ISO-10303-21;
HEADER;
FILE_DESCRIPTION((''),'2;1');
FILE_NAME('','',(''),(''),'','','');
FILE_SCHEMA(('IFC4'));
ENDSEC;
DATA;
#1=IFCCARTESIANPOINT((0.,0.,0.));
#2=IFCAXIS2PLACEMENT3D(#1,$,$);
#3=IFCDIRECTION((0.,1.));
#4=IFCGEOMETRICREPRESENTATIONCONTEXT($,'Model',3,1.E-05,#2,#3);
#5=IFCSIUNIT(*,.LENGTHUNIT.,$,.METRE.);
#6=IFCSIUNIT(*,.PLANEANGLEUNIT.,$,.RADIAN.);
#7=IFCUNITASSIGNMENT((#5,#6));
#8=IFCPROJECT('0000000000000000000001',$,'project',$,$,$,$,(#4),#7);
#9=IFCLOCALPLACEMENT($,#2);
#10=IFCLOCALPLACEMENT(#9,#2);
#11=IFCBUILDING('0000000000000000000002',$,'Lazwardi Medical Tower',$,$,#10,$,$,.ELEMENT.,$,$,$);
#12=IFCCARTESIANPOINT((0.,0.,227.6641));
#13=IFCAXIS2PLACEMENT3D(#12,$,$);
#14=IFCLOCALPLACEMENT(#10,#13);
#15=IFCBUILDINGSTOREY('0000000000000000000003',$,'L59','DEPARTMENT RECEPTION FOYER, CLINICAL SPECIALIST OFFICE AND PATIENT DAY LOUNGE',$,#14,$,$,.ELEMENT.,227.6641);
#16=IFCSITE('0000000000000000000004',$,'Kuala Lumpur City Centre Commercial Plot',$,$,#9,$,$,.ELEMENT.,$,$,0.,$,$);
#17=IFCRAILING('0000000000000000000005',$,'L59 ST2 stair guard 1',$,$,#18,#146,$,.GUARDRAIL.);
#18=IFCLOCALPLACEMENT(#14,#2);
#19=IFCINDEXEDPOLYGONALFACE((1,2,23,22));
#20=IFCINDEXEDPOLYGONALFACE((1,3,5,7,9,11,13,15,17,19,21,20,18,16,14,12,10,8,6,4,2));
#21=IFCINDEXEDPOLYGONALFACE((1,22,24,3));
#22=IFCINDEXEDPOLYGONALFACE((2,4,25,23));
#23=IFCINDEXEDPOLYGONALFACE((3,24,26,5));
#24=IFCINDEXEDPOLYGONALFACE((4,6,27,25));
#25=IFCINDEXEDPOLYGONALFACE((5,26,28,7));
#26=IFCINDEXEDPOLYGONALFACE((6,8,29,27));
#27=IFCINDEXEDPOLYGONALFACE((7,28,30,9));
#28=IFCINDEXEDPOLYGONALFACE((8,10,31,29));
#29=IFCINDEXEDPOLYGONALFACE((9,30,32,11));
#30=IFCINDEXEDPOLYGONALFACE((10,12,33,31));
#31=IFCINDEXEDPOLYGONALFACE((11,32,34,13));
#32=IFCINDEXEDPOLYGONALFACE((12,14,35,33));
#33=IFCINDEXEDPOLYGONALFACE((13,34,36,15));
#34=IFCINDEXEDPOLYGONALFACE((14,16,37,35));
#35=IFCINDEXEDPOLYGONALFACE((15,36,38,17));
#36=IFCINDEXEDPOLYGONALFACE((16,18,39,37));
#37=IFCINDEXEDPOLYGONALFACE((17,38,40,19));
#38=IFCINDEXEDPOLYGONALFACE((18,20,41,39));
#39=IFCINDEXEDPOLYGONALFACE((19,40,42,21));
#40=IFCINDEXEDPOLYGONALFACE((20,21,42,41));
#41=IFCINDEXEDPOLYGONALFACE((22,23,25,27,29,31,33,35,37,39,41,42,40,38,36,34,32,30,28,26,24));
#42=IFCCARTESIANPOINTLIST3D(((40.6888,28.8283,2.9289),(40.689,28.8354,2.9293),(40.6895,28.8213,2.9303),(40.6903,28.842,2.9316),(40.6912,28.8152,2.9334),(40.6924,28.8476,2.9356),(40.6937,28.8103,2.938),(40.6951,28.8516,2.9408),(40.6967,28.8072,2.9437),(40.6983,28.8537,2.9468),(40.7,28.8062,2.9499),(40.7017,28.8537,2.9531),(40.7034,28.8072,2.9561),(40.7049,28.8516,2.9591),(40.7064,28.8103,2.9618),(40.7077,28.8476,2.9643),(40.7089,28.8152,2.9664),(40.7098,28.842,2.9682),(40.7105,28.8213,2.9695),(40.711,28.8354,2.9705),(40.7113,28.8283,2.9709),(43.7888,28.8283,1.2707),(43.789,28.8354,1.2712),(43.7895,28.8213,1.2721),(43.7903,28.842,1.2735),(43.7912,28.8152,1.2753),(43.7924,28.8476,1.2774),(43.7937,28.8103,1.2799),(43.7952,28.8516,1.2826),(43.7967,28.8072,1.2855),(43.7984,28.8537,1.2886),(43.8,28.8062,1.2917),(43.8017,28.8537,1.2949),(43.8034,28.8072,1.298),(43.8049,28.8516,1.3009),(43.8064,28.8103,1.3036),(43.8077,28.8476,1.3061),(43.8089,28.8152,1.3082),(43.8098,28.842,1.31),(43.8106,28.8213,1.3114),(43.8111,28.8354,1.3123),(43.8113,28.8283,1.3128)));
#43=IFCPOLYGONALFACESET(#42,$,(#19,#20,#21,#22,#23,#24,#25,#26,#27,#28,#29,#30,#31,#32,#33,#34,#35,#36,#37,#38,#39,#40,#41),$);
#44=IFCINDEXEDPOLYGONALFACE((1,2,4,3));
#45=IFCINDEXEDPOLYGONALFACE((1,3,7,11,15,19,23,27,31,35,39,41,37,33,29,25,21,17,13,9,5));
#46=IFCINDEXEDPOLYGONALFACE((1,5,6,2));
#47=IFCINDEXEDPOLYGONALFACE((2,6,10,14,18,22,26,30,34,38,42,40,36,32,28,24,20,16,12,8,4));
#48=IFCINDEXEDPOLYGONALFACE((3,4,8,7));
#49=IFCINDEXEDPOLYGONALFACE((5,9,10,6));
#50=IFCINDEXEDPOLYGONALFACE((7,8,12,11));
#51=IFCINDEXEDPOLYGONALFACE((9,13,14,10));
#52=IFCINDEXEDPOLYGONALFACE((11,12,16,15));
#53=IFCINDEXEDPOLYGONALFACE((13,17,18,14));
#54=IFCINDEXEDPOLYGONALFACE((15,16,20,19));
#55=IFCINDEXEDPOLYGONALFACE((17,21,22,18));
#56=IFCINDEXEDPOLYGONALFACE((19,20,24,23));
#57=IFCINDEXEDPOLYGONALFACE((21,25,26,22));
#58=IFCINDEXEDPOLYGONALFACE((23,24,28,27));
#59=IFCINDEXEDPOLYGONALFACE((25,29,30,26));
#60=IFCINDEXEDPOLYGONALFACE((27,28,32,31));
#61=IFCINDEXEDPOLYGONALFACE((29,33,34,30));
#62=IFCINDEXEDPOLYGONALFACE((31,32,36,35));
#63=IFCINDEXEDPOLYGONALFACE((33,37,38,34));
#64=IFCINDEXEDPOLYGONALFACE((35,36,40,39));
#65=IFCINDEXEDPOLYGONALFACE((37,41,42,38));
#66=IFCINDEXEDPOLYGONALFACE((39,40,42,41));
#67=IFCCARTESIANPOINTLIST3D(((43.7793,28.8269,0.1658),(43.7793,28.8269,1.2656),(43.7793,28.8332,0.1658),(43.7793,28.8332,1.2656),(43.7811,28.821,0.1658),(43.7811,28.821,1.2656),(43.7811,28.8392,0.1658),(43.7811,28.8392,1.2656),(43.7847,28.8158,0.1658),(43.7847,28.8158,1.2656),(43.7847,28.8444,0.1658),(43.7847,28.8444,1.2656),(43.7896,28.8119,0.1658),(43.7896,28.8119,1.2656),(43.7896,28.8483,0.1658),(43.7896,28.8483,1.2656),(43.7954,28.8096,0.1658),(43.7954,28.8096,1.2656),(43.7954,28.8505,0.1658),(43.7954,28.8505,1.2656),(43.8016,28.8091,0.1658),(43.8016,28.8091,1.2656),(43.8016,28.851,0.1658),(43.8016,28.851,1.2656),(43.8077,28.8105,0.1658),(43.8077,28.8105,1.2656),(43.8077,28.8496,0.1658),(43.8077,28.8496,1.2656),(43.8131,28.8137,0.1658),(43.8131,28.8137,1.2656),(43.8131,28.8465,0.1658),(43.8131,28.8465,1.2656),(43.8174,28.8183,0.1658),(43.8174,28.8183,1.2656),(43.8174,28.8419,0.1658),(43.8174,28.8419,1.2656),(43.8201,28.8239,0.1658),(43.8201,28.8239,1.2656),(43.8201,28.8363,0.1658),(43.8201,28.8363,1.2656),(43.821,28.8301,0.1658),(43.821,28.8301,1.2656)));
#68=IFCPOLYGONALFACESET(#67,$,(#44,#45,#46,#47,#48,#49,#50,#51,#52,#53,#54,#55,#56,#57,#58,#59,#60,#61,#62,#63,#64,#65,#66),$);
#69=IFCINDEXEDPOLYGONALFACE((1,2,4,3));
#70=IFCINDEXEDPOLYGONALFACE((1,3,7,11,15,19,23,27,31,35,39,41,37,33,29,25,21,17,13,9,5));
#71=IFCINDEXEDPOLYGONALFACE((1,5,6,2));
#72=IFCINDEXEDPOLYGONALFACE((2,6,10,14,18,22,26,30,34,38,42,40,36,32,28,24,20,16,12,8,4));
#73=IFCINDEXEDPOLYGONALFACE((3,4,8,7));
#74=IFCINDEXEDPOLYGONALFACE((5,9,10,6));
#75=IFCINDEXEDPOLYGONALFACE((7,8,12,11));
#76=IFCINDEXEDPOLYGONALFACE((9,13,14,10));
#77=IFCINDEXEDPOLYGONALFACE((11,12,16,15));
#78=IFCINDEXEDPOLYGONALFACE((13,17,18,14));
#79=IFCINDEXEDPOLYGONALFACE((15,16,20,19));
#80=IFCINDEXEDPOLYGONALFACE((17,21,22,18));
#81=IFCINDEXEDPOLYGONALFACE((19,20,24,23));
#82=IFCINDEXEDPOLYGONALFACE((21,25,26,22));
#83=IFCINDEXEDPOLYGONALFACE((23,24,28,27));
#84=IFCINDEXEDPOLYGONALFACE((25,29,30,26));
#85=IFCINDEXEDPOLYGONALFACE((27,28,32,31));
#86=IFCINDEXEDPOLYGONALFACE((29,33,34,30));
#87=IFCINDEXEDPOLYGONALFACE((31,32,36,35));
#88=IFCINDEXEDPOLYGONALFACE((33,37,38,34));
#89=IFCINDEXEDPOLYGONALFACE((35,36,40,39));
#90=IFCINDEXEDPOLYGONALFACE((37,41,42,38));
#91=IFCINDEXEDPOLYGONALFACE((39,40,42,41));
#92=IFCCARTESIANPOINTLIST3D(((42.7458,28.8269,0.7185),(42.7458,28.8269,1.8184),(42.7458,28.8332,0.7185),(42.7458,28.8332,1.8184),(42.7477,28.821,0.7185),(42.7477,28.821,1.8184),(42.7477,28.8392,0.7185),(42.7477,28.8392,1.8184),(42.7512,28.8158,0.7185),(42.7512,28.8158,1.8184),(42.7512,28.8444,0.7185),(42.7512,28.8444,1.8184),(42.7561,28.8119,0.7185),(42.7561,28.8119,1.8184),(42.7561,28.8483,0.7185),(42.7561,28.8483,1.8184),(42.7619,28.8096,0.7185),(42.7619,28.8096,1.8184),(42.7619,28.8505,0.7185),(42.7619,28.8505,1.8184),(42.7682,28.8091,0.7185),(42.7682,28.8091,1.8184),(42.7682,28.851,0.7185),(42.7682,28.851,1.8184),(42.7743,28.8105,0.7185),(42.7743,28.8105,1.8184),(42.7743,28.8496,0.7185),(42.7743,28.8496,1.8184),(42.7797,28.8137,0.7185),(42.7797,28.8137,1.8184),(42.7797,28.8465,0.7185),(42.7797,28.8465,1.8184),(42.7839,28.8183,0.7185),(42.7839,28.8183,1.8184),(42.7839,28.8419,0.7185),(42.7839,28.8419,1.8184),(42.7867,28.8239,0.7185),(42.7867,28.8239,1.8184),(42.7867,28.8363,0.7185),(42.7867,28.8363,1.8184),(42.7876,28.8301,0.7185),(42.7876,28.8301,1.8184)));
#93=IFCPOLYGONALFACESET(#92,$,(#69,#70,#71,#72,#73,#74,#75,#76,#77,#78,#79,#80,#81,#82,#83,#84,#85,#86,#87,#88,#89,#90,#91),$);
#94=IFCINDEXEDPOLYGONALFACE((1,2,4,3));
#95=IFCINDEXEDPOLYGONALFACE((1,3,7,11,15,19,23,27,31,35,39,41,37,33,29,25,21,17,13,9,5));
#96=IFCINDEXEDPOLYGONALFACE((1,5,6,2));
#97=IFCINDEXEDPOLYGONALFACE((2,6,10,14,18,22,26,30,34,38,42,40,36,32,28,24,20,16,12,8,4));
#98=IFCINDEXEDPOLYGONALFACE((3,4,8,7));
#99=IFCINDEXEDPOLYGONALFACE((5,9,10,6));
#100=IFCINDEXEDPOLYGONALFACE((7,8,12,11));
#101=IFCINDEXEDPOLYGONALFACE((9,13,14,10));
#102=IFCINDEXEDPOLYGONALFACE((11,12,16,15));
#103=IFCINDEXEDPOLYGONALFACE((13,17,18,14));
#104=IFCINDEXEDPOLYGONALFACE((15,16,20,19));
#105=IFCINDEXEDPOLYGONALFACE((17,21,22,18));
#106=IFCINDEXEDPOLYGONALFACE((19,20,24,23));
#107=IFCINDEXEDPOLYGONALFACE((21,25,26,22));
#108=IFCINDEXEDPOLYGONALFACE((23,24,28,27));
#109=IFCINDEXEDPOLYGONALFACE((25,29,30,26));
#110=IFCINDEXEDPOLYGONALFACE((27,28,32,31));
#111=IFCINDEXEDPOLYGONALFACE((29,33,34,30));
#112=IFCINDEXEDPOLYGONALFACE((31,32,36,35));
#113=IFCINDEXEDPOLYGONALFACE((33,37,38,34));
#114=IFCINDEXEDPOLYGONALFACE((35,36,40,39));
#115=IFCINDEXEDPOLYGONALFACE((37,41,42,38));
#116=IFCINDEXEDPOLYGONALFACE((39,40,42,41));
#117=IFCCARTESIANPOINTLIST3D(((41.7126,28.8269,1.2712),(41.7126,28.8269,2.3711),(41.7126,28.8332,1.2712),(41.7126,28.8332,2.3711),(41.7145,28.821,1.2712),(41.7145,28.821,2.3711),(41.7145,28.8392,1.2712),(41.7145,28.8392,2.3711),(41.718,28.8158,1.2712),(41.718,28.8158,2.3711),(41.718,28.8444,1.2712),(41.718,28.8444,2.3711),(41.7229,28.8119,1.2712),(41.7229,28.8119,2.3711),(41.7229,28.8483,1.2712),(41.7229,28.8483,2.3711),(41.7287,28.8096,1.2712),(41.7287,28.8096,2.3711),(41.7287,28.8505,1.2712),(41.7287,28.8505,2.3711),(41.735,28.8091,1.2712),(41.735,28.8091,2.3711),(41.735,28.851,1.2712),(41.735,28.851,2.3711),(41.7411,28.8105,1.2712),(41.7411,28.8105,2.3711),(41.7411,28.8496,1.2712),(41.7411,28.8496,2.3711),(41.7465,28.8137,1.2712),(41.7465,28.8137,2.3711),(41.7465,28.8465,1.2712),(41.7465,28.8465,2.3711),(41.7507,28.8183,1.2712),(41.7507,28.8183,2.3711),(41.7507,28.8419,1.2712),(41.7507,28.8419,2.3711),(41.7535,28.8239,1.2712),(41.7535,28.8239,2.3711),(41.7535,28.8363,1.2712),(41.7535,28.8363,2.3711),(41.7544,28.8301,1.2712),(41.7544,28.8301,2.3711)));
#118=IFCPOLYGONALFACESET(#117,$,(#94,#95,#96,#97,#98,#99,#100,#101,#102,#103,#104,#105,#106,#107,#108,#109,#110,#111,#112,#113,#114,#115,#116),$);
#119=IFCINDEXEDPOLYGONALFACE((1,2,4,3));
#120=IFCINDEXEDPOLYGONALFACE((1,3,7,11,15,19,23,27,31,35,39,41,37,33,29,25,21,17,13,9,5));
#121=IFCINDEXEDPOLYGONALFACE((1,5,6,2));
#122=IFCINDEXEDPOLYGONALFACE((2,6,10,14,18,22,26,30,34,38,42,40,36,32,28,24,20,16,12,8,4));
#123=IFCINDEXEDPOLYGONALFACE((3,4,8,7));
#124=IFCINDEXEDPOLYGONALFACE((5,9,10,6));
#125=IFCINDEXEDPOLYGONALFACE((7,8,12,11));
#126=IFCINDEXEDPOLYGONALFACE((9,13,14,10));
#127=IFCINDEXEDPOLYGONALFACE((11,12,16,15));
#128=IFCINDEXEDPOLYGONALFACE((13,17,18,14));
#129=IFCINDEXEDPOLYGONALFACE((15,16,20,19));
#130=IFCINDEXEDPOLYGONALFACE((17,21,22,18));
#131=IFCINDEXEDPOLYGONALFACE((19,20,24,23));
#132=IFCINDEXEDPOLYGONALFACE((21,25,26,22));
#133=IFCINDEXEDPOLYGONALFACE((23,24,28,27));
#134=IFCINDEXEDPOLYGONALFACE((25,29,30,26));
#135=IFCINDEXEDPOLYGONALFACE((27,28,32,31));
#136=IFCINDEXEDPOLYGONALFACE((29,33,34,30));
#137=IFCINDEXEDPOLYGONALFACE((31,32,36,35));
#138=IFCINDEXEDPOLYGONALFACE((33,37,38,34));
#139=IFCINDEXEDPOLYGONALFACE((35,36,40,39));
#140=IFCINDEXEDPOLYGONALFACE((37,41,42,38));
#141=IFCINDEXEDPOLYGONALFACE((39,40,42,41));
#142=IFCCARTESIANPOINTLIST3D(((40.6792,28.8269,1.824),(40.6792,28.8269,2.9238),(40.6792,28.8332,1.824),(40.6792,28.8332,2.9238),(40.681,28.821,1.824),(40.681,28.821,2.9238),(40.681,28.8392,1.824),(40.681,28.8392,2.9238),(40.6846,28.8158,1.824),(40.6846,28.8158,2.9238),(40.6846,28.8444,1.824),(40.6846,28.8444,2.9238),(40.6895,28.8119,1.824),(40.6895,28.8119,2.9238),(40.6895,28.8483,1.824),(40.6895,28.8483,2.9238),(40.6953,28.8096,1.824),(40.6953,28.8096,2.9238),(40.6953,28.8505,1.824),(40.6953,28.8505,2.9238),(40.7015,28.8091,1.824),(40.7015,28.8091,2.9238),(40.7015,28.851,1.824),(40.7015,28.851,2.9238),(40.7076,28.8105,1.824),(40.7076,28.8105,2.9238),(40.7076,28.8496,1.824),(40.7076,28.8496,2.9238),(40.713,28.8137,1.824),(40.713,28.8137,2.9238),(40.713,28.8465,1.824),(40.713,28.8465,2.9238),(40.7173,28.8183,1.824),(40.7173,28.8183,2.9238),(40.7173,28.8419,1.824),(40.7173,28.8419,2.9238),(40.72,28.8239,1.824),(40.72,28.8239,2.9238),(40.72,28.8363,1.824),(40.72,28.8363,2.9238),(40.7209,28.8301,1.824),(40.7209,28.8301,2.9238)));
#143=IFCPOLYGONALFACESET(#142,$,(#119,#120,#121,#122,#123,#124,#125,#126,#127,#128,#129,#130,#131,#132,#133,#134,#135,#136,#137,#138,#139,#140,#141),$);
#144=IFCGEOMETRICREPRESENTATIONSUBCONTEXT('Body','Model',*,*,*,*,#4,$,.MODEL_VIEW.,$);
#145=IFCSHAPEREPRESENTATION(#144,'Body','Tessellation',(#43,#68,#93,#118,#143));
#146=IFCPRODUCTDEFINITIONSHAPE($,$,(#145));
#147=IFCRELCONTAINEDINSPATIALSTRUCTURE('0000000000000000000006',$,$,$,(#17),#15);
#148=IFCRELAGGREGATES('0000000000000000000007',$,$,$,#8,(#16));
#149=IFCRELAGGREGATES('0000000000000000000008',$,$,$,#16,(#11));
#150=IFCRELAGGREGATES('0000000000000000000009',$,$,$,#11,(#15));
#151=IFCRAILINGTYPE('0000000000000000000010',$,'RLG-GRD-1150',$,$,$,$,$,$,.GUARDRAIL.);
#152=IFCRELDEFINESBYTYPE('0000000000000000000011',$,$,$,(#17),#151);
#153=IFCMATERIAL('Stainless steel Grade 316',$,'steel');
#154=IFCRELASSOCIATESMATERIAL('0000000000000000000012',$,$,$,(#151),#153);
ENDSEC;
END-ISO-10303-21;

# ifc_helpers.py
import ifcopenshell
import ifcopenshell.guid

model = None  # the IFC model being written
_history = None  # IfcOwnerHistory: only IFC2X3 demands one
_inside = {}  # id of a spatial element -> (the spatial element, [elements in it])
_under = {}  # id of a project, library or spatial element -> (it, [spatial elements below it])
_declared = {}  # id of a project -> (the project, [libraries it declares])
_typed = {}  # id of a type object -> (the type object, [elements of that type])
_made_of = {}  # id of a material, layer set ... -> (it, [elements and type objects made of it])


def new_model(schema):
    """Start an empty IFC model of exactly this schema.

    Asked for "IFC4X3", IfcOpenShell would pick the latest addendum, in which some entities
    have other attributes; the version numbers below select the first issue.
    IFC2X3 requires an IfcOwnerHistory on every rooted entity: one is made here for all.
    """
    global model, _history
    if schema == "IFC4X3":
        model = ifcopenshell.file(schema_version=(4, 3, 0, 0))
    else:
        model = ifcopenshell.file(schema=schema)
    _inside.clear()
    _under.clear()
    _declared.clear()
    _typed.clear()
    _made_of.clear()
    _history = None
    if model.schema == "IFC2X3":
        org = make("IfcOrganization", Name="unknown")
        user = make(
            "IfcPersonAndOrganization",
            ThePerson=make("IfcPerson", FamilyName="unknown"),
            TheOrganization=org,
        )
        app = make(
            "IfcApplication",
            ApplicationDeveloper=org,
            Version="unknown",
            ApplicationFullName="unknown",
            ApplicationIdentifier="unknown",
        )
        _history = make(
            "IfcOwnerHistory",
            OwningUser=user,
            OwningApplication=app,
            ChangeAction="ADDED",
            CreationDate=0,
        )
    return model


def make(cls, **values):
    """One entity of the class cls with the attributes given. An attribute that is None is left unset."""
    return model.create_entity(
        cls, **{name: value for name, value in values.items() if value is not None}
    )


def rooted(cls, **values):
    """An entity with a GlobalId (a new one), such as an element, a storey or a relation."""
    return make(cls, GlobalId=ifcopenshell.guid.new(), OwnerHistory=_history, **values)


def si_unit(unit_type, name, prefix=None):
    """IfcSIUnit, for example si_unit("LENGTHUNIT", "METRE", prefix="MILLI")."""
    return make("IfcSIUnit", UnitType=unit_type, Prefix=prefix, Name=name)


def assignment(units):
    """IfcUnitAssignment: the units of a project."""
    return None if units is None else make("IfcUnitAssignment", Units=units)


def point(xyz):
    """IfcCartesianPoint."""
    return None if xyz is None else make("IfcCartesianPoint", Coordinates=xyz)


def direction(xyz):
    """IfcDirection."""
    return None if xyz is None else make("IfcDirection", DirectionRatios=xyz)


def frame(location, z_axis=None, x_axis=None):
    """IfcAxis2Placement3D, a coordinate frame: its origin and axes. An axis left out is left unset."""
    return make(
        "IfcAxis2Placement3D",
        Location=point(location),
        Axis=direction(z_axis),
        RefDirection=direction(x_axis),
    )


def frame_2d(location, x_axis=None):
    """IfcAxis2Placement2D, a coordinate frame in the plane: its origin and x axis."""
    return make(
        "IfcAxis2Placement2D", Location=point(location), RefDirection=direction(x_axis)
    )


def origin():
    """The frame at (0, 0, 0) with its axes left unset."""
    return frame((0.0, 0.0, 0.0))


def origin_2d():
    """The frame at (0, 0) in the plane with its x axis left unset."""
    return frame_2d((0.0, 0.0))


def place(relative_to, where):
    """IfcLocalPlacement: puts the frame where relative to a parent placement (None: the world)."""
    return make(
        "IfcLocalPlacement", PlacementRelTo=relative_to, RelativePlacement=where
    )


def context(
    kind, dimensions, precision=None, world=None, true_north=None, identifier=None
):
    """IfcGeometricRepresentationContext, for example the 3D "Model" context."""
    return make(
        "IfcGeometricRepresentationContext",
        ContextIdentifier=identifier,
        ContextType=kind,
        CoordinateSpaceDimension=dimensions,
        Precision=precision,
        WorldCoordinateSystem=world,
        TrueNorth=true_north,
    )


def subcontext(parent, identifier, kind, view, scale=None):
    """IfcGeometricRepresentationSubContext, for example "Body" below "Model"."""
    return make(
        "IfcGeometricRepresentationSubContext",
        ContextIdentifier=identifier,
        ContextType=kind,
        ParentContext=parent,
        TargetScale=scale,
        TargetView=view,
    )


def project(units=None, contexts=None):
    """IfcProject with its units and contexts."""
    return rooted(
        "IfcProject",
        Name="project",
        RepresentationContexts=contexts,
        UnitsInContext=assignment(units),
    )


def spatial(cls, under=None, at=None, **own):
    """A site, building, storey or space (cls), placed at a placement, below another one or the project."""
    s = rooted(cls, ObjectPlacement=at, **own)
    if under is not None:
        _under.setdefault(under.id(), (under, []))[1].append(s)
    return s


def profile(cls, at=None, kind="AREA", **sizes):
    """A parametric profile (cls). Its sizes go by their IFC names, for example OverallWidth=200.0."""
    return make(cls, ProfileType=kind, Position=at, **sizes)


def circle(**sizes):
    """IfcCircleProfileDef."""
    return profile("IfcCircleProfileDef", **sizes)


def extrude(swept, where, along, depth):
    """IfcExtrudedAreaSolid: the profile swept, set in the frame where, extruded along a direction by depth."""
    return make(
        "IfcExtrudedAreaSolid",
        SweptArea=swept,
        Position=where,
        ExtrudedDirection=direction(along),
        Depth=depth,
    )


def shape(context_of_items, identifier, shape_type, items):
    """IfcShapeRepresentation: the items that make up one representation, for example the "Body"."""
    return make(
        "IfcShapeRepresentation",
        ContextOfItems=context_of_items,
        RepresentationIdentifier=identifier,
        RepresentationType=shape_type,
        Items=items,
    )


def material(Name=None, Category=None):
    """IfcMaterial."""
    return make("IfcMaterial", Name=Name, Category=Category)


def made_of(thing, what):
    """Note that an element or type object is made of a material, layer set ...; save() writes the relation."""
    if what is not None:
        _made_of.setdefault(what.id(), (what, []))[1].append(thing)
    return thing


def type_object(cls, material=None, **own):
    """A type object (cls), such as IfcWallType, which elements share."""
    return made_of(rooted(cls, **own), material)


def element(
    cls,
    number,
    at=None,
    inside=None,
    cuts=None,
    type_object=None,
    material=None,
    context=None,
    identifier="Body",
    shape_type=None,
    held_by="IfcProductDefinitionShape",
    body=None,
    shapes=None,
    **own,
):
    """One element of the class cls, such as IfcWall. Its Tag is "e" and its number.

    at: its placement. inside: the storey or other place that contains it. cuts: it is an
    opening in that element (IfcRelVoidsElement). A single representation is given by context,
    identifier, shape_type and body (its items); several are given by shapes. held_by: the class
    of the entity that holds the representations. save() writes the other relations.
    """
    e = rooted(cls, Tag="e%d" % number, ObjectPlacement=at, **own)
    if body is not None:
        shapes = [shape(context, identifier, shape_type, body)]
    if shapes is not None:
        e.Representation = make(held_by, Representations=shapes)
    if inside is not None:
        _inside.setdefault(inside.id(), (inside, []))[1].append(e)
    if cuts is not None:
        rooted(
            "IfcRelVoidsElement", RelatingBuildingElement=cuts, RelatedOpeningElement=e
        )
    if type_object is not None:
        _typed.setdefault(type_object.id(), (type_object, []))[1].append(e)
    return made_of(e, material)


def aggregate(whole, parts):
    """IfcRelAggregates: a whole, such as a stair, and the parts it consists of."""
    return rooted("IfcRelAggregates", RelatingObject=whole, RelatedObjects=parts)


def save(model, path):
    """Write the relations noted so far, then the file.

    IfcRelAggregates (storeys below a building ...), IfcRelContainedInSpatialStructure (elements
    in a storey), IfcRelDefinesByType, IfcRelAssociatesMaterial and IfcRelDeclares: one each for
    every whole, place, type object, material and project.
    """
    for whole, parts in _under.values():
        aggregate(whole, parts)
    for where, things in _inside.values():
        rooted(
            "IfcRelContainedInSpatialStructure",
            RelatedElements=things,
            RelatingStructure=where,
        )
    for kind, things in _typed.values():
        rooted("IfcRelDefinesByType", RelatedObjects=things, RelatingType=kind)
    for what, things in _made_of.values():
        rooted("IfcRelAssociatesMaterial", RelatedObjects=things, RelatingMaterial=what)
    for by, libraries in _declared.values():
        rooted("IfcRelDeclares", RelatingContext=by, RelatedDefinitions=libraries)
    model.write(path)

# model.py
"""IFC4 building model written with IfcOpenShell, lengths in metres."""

from ifc_helpers import new_model, si_unit, direction, frame, origin, origin_2d, place, context, subcontext, project, spatial, circle, extrude, material, type_object, element, save


model = new_model("IFC4")

# Units and contexts
model_context = context("Model", 3, precision=1e-05, world=origin(), true_north=direction((0.0, 1.0)))
body_context = subcontext(model_context, "Body", "Model", "MODEL_VIEW")
ifc_project = project(units=[si_unit("LENGTHUNIT", "METRE"), si_unit("PLANEANGLEUNIT", "RADIAN")], contexts=[model_context])

# Site, building, storey
site_placement = place(None, origin())
site = spatial("IfcSite", under=ifc_project, at=site_placement, Name="Kuala Lumpur City Centre Commercial Plot", CompositionType="ELEMENT", RefElevation=0.0)
building_placement = place(site_placement, origin())
building = spatial("IfcBuilding", under=site, at=building_placement, Name="Lazwardi Medical Tower", CompositionType="ELEMENT")
storey_placement = place(building_placement, frame((0.0, 0.0, 227.6641)))
storey = spatial("IfcBuildingStorey", under=building, at=storey_placement, Name="L59", Description="DEPARTMENT RECEPTION FOYER, CLINICAL SPECIALIST OFFICE AND PATIENT DAY LOUNGE", CompositionType="ELEMENT", Elevation=227.6641)

# Railing
ifc_material_1 = material(Name="Stainless steel Grade 316", Category="steel")
railing_type_1 = type_object("IfcRailingType", Name="RLG-GRD-1150", PredefinedType="GUARDRAIL", material=ifc_material_1)
railing_1_placement = place(storey_placement, frame((43.8, 28.8301, 0.1658)))
element("IfcRailing", 1, at=railing_1_placement, inside=storey, type_object=railing_type_1, Name="L59 ST2 stair guard 1", PredefinedType="GUARDRAIL", context=body_context, shape_type="SweptSolid", body=[
    extrude(circle(Radius=0.0239, at=origin_2d()), frame((0.0, 0.0, 1.126), z_axis=(-0.881783, 0.0, 0.471655), x_axis=(0.0, -1.0, 0.0)), (0.0, 0.0, 1.0), 3.5156),
    extrude(circle(Radius=0.021, at=origin_2d()), origin(), (0.0, 0.0, 1.0), 1.0999),
    extrude(circle(Radius=0.021, at=origin_2d()), frame((-1.0334, 0.0, 0.5527)), (0.0, 0.0, 1.0), 1.0999),
    extrude(circle(Radius=0.021, at=origin_2d()), frame((-2.0667, 0.0, 1.1055)), (0.0, 0.0, 1.0), 1.0999),
    extrude(circle(Radius=0.021, at=origin_2d()), frame((-3.1001, 0.0, 1.6582)), (0.0, 0.0, 1.0), 1.0999),
])

save(model, "model.ifc")
